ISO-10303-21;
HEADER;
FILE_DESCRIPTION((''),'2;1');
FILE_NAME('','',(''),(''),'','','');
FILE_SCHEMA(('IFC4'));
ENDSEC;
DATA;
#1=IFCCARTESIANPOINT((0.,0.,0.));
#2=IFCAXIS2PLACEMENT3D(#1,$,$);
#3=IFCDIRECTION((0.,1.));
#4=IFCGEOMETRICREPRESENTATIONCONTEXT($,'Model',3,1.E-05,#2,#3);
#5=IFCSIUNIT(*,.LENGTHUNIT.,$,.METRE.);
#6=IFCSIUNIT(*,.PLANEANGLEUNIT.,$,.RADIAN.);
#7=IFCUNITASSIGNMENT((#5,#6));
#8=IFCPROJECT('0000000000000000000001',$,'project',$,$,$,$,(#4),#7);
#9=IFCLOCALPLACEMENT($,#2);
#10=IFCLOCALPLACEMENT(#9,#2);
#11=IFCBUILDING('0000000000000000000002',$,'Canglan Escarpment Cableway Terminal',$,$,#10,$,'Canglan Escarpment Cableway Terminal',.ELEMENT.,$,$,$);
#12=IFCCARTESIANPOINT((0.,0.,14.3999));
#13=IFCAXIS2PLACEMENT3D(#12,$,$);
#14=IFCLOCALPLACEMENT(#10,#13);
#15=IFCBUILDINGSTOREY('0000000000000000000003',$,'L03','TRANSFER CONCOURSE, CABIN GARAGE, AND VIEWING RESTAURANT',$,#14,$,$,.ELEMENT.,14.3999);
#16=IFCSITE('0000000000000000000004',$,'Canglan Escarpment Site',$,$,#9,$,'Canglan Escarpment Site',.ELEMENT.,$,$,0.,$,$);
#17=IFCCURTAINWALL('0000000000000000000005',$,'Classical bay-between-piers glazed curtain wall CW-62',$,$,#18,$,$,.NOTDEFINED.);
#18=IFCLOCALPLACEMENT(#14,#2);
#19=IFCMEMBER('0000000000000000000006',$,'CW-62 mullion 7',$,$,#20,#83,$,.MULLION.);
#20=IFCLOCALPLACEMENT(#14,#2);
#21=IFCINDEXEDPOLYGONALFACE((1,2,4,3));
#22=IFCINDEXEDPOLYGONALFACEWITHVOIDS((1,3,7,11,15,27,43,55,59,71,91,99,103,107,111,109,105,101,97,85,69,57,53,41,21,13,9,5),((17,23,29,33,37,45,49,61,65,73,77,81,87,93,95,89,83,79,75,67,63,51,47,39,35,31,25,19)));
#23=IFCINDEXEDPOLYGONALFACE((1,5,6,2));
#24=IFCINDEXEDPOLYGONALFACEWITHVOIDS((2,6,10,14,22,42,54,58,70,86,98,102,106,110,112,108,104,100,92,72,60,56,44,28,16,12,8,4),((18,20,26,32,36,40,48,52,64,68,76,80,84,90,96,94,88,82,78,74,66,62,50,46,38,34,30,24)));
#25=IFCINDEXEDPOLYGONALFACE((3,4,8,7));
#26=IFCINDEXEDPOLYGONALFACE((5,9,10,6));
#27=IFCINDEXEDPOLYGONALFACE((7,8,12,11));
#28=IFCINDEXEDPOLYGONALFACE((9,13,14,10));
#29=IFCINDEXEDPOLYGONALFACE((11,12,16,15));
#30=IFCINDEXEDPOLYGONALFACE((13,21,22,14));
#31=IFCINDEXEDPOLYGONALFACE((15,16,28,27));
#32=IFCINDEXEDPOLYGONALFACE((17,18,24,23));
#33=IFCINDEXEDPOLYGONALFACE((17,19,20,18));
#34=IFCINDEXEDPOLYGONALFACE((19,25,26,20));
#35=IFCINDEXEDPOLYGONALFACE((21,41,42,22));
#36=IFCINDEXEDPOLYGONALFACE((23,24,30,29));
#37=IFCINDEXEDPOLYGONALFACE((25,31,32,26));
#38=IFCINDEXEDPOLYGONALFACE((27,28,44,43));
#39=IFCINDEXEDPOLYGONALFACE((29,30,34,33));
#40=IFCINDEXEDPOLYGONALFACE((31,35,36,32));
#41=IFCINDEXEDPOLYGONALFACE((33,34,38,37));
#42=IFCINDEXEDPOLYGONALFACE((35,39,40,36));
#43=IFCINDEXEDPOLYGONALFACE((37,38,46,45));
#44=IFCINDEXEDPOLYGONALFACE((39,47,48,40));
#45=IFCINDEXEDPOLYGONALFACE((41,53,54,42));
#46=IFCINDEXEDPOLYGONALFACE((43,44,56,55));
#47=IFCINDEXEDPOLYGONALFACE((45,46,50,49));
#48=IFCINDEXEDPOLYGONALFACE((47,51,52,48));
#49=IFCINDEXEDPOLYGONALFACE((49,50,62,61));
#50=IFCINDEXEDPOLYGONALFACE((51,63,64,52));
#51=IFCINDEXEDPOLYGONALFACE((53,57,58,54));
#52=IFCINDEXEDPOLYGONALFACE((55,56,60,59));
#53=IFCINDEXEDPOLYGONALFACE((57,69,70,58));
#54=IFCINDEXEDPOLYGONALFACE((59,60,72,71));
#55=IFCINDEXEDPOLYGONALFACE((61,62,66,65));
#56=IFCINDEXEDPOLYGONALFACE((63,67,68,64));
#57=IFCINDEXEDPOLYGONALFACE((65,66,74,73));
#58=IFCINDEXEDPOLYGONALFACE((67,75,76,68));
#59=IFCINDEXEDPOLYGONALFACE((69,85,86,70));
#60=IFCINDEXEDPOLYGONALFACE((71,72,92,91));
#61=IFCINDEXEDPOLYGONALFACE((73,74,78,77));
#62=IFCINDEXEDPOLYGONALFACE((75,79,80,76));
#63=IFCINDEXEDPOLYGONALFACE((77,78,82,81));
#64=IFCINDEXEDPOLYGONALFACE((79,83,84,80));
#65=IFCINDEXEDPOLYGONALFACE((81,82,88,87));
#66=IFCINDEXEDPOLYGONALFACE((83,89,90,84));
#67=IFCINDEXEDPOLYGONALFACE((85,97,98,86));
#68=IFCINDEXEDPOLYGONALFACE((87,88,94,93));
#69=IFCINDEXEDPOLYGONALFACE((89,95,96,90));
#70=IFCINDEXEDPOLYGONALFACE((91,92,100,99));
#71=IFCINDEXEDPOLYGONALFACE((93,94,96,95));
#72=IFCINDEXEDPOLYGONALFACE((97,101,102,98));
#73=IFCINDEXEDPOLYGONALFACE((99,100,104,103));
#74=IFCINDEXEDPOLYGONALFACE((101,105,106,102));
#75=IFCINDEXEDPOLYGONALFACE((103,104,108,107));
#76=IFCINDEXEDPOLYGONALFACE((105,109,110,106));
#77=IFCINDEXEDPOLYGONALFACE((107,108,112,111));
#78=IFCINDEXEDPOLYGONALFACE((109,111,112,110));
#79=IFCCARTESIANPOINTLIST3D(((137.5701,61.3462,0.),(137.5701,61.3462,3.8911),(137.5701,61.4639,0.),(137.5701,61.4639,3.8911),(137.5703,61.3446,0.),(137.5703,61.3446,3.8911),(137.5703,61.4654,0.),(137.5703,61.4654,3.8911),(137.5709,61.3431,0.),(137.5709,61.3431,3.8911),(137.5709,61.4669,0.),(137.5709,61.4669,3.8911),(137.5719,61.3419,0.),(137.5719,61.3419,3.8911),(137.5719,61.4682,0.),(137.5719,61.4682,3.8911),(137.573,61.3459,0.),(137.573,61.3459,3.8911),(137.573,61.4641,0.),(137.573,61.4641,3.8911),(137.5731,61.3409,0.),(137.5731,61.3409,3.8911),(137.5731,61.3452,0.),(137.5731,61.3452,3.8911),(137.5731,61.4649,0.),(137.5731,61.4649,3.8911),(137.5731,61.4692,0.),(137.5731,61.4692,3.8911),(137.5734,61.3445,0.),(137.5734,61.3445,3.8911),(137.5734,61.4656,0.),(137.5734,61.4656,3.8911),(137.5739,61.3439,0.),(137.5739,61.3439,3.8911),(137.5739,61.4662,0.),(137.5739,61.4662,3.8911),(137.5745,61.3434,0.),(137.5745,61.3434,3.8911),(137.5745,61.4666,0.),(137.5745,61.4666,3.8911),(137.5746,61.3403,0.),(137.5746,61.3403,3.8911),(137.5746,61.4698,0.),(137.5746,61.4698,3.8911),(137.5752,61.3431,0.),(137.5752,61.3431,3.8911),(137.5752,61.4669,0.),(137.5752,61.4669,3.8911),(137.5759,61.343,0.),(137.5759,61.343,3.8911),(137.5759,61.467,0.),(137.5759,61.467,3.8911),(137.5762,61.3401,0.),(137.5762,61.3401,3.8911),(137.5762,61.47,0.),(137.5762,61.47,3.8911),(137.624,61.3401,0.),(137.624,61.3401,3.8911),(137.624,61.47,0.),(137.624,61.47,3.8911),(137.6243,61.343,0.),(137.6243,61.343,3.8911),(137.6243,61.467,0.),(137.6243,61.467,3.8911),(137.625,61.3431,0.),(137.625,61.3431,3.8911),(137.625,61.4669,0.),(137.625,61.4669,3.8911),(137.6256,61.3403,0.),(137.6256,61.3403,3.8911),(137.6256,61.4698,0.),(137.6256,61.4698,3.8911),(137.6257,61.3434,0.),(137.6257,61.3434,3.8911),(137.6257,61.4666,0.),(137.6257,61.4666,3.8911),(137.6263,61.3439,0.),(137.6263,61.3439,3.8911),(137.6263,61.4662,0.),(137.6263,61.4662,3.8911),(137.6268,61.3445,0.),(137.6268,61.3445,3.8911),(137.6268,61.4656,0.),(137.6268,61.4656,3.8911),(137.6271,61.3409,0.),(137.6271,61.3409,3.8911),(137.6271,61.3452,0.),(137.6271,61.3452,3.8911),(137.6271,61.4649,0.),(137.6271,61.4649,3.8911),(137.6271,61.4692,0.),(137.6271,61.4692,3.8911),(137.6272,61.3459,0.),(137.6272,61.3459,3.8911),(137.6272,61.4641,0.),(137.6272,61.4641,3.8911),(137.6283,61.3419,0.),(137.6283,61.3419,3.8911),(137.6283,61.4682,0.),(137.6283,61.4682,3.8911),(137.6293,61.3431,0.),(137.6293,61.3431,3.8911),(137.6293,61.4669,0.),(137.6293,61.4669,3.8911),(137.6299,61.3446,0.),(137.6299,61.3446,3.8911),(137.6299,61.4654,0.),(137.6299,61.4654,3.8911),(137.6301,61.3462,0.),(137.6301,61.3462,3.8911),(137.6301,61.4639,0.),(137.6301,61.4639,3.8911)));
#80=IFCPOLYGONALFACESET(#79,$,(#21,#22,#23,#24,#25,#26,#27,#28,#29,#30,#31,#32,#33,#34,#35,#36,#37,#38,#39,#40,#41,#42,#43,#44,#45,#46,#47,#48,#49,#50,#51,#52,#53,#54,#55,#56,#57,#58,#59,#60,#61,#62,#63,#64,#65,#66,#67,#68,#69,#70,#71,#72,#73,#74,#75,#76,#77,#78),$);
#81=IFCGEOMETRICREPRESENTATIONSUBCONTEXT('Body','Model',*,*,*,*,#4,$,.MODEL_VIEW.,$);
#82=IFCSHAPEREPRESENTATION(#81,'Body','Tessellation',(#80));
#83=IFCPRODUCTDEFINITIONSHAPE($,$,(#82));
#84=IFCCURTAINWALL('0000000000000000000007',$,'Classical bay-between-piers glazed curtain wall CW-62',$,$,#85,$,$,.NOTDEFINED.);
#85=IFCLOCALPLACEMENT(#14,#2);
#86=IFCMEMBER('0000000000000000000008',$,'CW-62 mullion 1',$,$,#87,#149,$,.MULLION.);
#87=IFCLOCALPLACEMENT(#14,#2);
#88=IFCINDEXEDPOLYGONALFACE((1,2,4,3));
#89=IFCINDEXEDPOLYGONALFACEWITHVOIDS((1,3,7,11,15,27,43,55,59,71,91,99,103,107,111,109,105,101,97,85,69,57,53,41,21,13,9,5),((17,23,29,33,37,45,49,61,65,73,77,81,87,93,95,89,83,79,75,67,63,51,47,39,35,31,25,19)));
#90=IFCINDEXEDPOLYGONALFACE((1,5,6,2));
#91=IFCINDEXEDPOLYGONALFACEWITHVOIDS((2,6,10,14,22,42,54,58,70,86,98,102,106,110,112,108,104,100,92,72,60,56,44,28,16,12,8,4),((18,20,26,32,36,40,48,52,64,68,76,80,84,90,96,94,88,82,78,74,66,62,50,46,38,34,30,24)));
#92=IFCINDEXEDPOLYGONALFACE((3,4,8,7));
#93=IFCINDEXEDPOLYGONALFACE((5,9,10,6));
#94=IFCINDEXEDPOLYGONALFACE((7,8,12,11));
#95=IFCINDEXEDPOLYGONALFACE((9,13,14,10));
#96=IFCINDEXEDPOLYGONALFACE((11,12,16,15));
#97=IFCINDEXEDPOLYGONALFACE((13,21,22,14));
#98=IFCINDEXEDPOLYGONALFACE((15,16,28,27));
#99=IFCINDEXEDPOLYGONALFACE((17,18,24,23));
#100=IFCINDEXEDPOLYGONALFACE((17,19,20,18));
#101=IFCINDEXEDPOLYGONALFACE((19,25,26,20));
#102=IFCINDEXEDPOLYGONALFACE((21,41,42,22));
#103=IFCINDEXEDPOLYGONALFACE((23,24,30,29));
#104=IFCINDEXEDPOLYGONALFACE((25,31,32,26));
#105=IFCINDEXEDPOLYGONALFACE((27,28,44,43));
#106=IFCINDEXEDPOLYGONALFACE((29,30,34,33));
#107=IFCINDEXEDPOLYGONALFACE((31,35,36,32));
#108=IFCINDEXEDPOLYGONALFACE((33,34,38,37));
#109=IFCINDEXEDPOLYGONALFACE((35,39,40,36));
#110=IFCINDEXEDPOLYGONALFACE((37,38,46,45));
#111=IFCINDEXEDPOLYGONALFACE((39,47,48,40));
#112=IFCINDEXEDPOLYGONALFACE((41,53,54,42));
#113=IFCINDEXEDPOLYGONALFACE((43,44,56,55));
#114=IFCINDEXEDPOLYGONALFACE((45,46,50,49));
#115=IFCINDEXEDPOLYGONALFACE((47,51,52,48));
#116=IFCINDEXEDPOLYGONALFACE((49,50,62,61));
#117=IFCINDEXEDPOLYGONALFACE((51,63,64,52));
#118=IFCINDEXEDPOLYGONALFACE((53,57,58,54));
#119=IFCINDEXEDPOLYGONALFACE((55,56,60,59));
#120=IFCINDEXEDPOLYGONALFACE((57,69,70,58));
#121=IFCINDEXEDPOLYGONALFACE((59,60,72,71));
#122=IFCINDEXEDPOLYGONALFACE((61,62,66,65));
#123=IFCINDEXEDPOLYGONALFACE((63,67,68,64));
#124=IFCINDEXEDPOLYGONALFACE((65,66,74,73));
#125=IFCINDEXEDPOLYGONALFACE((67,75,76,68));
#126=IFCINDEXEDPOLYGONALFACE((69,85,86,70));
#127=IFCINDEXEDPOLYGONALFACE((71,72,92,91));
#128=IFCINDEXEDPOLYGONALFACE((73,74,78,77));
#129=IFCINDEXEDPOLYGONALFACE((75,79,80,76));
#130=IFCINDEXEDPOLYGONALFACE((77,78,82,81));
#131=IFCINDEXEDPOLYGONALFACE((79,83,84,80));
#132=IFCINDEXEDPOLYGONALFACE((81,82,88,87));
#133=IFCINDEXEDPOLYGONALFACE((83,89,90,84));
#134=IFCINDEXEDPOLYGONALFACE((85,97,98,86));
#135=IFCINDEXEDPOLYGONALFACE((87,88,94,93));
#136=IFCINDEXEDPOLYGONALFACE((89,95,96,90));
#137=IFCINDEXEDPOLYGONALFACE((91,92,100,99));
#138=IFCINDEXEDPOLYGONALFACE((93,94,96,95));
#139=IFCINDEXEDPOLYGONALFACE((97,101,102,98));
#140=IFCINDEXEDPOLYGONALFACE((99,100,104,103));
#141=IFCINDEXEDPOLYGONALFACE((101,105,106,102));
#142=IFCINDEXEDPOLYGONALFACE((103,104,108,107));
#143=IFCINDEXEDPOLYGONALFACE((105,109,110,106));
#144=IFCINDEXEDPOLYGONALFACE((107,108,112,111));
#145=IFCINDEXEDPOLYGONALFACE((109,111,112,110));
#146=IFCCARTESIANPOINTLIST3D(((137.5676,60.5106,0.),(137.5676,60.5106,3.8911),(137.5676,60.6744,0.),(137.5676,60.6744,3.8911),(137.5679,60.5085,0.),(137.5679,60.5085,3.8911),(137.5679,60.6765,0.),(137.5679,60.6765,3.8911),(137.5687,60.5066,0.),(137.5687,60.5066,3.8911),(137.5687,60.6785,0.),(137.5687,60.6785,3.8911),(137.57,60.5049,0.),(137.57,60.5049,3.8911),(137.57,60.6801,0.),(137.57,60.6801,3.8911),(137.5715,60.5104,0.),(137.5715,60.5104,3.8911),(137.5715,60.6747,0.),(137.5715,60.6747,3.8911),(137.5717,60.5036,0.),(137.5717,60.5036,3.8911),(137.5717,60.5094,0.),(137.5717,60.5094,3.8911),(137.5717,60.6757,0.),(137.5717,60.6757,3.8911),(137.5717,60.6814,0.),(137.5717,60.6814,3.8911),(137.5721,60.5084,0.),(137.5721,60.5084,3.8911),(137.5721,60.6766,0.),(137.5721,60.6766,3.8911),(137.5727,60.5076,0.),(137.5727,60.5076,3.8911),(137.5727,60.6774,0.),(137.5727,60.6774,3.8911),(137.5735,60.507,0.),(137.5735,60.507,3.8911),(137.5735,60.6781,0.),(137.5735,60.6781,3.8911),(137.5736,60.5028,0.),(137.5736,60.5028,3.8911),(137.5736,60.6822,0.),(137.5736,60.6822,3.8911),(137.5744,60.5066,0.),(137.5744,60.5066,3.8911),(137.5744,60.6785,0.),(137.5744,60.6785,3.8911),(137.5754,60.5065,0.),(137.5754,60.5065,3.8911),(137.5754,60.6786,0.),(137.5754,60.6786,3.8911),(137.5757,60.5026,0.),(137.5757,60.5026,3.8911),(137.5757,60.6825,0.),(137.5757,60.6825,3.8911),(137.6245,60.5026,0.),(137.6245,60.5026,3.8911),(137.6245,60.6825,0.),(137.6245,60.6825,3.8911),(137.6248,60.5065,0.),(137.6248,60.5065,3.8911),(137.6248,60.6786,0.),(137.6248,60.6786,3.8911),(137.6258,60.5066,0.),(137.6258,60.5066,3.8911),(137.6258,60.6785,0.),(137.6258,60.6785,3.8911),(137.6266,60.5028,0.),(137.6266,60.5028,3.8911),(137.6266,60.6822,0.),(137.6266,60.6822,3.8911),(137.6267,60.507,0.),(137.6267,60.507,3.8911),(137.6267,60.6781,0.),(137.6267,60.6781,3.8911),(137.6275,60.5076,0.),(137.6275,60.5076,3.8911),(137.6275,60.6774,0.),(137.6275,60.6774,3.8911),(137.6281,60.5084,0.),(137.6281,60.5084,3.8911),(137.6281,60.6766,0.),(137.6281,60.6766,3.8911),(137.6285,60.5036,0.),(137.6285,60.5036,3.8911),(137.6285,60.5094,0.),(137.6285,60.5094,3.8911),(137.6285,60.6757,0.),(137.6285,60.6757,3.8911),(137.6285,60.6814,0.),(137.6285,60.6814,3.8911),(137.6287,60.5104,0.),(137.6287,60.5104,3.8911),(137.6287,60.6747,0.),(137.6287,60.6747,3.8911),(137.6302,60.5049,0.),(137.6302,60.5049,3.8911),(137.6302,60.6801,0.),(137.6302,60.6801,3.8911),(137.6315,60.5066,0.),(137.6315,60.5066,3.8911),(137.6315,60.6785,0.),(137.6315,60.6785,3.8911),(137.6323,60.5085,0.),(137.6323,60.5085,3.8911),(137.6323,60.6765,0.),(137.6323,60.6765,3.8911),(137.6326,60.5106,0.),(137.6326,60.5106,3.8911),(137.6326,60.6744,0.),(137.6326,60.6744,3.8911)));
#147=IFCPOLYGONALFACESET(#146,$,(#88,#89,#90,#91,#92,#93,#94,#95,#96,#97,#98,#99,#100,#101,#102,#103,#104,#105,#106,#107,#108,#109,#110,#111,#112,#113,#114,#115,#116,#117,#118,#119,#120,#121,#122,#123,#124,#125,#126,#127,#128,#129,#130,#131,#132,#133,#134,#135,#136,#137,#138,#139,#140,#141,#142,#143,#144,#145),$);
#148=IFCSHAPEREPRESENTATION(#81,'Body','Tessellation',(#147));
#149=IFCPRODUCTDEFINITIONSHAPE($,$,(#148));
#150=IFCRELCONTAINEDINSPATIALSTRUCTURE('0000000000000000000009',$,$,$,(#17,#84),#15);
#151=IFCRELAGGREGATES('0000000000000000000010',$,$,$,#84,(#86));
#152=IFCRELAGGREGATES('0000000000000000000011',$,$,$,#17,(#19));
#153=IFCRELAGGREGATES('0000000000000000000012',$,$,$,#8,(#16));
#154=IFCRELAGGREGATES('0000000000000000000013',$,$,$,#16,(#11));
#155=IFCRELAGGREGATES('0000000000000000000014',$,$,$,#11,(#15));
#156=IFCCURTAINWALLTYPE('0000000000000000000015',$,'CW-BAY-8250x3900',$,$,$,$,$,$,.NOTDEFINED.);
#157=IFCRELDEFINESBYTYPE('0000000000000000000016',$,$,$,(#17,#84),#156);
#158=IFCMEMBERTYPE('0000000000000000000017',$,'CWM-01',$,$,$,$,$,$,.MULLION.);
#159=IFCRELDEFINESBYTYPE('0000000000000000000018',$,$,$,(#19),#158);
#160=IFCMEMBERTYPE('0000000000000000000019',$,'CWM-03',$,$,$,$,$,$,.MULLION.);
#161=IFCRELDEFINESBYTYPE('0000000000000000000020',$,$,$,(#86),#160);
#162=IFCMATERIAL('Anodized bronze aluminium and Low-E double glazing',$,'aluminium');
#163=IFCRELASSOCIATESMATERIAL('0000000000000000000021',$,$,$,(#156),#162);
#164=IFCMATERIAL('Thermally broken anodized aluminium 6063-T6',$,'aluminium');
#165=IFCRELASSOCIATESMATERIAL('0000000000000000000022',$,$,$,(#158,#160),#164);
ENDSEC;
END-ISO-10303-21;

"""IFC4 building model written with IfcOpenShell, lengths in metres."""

from ifc_helpers import new_model, si_unit, direction, frame, origin, origin_2d, place, context, subcontext, project, spatial, hollow_rectangle, extrude, material, material_profile, profile_set, type_object, element, aggregate, save


model = new_model("IFC4")

# Units and contexts
model_context = context("Model", 3, precision=1e-05, world=origin(), true_north=direction((0.0, 1.0)))
body_context = subcontext(model_context, "Body", "Model", "MODEL_VIEW")
ifc_project = project(units=[si_unit("LENGTHUNIT", "METRE"), si_unit("PLANEANGLEUNIT", "RADIAN")], contexts=[model_context])

# Site, building, storey
site_placement = place(None, origin())
site = spatial("IfcSite", under=ifc_project, at=site_placement, Name="Canglan Escarpment Site", LongName="Canglan Escarpment Site", CompositionType="ELEMENT", RefElevation=0.0)
building_placement = place(site_placement, origin())
building = spatial("IfcBuilding", under=site, at=building_placement, Name="Canglan Escarpment Cableway Terminal", LongName="Canglan Escarpment Cableway Terminal", CompositionType="ELEMENT")
storey_placement = place(building_placement, frame((0.0, 0.0, 14.3999)))
storey = spatial("IfcBuildingStorey", under=building, at=storey_placement, Name="L03", Description="TRANSFER CONCOURSE, CABIN GARAGE, AND VIEWING RESTAURANT", CompositionType="ELEMENT", Elevation=14.3999)

# Curtain wall, member
ifc_material_1 = material(Name="Anodized bronze aluminium and Low-E double glazing", Category="aluminium")
curtain_wall_type = type_object("IfcCurtainWallType", Name="CW-BAY-8250x3900", PredefinedType="NOTDEFINED", material=ifc_material_1)
curtain_wall_1_placement = place(storey_placement, origin())
curtain_wall_1 = element("IfcCurtainWall", 1, at=curtain_wall_1_placement, inside=storey, type_object=curtain_wall_type, Name="Classical bay-between-piers glazed curtain wall CW-62", PredefinedType="NOTDEFINED")
ifc_material_2 = material(Name="Thermally broken anodized aluminium 6063-T6", Category="aluminium")
ifc_material_profile_1 = material_profile(ifc_material_2, hollow_rectangle(XDim=0.0601, YDim=0.1299, WallThickness=0.0029, InnerFilletRadius=0.0029, OuterFilletRadius=0.0061, at=origin_2d()), Name="ALU-MULL 60x130x3")
ifc_profile_set_1 = profile_set([ifc_material_profile_1], Name="Thermally broken anodized aluminium 6063-T6")
member_type_1 = type_object("IfcMemberType", Name="CWM-01", PredefinedType="MULLION", material=ifc_profile_set_1)
member_1_placement = place(storey_placement, frame((137.6001, 61.405, 0.0), z_axis=(0.0, 0.0, 1.0), x_axis=(1.0, 0.0, 0.0)))
member_1 = element("IfcMember", 2, at=member_1_placement, type_object=member_type_1, Name="CW-62 mullion 7", PredefinedType="MULLION", context=body_context, shape_type="SweptSolid", body=[
    extrude(hollow_rectangle(XDim=0.0601, YDim=0.1299, WallThickness=0.0029, InnerFilletRadius=0.0029, OuterFilletRadius=0.0061, at=origin_2d()), origin(), (0.0, 0.0, 1.0), 3.8911),
])

# Curtain wall, member
curtain_wall_2_placement = place(storey_placement, origin())
curtain_wall_2 = element("IfcCurtainWall", 3, at=curtain_wall_2_placement, inside=storey, type_object=curtain_wall_type, Name="Classical bay-between-piers glazed curtain wall CW-62", PredefinedType="NOTDEFINED")
ifc_material_profile_2 = material_profile(ifc_material_2, hollow_rectangle(XDim=0.0649, YDim=0.1799, WallThickness=0.0039, InnerFilletRadius=0.0039, OuterFilletRadius=0.0081, at=origin_2d()), Name="ALU-MULL 65x180x4")
ifc_profile_set_2 = profile_set([ifc_material_profile_2], Name="Thermally broken anodized aluminium 6063-T6")
member_type_2 = type_object("IfcMemberType", Name="CWM-03", PredefinedType="MULLION", material=ifc_profile_set_2)
member_2_placement = place(storey_placement, frame((137.6001, 60.5925, 0.0), z_axis=(0.0, 0.0, 1.0), x_axis=(1.0, 0.0, 0.0)))
member_2 = element("IfcMember", 4, at=member_2_placement, type_object=member_type_2, Name="CW-62 mullion 1", PredefinedType="MULLION", context=body_context, shape_type="SweptSolid", body=[
    extrude(hollow_rectangle(XDim=0.0649, YDim=0.1799, WallThickness=0.0039, InnerFilletRadius=0.0039, OuterFilletRadius=0.0081, at=origin_2d()), origin(), (0.0, 0.0, 1.0), 3.8911),
])

aggregate(curtain_wall_2, [member_2])

aggregate(curtain_wall_1, [member_1])

save(model, "model.ifc")
